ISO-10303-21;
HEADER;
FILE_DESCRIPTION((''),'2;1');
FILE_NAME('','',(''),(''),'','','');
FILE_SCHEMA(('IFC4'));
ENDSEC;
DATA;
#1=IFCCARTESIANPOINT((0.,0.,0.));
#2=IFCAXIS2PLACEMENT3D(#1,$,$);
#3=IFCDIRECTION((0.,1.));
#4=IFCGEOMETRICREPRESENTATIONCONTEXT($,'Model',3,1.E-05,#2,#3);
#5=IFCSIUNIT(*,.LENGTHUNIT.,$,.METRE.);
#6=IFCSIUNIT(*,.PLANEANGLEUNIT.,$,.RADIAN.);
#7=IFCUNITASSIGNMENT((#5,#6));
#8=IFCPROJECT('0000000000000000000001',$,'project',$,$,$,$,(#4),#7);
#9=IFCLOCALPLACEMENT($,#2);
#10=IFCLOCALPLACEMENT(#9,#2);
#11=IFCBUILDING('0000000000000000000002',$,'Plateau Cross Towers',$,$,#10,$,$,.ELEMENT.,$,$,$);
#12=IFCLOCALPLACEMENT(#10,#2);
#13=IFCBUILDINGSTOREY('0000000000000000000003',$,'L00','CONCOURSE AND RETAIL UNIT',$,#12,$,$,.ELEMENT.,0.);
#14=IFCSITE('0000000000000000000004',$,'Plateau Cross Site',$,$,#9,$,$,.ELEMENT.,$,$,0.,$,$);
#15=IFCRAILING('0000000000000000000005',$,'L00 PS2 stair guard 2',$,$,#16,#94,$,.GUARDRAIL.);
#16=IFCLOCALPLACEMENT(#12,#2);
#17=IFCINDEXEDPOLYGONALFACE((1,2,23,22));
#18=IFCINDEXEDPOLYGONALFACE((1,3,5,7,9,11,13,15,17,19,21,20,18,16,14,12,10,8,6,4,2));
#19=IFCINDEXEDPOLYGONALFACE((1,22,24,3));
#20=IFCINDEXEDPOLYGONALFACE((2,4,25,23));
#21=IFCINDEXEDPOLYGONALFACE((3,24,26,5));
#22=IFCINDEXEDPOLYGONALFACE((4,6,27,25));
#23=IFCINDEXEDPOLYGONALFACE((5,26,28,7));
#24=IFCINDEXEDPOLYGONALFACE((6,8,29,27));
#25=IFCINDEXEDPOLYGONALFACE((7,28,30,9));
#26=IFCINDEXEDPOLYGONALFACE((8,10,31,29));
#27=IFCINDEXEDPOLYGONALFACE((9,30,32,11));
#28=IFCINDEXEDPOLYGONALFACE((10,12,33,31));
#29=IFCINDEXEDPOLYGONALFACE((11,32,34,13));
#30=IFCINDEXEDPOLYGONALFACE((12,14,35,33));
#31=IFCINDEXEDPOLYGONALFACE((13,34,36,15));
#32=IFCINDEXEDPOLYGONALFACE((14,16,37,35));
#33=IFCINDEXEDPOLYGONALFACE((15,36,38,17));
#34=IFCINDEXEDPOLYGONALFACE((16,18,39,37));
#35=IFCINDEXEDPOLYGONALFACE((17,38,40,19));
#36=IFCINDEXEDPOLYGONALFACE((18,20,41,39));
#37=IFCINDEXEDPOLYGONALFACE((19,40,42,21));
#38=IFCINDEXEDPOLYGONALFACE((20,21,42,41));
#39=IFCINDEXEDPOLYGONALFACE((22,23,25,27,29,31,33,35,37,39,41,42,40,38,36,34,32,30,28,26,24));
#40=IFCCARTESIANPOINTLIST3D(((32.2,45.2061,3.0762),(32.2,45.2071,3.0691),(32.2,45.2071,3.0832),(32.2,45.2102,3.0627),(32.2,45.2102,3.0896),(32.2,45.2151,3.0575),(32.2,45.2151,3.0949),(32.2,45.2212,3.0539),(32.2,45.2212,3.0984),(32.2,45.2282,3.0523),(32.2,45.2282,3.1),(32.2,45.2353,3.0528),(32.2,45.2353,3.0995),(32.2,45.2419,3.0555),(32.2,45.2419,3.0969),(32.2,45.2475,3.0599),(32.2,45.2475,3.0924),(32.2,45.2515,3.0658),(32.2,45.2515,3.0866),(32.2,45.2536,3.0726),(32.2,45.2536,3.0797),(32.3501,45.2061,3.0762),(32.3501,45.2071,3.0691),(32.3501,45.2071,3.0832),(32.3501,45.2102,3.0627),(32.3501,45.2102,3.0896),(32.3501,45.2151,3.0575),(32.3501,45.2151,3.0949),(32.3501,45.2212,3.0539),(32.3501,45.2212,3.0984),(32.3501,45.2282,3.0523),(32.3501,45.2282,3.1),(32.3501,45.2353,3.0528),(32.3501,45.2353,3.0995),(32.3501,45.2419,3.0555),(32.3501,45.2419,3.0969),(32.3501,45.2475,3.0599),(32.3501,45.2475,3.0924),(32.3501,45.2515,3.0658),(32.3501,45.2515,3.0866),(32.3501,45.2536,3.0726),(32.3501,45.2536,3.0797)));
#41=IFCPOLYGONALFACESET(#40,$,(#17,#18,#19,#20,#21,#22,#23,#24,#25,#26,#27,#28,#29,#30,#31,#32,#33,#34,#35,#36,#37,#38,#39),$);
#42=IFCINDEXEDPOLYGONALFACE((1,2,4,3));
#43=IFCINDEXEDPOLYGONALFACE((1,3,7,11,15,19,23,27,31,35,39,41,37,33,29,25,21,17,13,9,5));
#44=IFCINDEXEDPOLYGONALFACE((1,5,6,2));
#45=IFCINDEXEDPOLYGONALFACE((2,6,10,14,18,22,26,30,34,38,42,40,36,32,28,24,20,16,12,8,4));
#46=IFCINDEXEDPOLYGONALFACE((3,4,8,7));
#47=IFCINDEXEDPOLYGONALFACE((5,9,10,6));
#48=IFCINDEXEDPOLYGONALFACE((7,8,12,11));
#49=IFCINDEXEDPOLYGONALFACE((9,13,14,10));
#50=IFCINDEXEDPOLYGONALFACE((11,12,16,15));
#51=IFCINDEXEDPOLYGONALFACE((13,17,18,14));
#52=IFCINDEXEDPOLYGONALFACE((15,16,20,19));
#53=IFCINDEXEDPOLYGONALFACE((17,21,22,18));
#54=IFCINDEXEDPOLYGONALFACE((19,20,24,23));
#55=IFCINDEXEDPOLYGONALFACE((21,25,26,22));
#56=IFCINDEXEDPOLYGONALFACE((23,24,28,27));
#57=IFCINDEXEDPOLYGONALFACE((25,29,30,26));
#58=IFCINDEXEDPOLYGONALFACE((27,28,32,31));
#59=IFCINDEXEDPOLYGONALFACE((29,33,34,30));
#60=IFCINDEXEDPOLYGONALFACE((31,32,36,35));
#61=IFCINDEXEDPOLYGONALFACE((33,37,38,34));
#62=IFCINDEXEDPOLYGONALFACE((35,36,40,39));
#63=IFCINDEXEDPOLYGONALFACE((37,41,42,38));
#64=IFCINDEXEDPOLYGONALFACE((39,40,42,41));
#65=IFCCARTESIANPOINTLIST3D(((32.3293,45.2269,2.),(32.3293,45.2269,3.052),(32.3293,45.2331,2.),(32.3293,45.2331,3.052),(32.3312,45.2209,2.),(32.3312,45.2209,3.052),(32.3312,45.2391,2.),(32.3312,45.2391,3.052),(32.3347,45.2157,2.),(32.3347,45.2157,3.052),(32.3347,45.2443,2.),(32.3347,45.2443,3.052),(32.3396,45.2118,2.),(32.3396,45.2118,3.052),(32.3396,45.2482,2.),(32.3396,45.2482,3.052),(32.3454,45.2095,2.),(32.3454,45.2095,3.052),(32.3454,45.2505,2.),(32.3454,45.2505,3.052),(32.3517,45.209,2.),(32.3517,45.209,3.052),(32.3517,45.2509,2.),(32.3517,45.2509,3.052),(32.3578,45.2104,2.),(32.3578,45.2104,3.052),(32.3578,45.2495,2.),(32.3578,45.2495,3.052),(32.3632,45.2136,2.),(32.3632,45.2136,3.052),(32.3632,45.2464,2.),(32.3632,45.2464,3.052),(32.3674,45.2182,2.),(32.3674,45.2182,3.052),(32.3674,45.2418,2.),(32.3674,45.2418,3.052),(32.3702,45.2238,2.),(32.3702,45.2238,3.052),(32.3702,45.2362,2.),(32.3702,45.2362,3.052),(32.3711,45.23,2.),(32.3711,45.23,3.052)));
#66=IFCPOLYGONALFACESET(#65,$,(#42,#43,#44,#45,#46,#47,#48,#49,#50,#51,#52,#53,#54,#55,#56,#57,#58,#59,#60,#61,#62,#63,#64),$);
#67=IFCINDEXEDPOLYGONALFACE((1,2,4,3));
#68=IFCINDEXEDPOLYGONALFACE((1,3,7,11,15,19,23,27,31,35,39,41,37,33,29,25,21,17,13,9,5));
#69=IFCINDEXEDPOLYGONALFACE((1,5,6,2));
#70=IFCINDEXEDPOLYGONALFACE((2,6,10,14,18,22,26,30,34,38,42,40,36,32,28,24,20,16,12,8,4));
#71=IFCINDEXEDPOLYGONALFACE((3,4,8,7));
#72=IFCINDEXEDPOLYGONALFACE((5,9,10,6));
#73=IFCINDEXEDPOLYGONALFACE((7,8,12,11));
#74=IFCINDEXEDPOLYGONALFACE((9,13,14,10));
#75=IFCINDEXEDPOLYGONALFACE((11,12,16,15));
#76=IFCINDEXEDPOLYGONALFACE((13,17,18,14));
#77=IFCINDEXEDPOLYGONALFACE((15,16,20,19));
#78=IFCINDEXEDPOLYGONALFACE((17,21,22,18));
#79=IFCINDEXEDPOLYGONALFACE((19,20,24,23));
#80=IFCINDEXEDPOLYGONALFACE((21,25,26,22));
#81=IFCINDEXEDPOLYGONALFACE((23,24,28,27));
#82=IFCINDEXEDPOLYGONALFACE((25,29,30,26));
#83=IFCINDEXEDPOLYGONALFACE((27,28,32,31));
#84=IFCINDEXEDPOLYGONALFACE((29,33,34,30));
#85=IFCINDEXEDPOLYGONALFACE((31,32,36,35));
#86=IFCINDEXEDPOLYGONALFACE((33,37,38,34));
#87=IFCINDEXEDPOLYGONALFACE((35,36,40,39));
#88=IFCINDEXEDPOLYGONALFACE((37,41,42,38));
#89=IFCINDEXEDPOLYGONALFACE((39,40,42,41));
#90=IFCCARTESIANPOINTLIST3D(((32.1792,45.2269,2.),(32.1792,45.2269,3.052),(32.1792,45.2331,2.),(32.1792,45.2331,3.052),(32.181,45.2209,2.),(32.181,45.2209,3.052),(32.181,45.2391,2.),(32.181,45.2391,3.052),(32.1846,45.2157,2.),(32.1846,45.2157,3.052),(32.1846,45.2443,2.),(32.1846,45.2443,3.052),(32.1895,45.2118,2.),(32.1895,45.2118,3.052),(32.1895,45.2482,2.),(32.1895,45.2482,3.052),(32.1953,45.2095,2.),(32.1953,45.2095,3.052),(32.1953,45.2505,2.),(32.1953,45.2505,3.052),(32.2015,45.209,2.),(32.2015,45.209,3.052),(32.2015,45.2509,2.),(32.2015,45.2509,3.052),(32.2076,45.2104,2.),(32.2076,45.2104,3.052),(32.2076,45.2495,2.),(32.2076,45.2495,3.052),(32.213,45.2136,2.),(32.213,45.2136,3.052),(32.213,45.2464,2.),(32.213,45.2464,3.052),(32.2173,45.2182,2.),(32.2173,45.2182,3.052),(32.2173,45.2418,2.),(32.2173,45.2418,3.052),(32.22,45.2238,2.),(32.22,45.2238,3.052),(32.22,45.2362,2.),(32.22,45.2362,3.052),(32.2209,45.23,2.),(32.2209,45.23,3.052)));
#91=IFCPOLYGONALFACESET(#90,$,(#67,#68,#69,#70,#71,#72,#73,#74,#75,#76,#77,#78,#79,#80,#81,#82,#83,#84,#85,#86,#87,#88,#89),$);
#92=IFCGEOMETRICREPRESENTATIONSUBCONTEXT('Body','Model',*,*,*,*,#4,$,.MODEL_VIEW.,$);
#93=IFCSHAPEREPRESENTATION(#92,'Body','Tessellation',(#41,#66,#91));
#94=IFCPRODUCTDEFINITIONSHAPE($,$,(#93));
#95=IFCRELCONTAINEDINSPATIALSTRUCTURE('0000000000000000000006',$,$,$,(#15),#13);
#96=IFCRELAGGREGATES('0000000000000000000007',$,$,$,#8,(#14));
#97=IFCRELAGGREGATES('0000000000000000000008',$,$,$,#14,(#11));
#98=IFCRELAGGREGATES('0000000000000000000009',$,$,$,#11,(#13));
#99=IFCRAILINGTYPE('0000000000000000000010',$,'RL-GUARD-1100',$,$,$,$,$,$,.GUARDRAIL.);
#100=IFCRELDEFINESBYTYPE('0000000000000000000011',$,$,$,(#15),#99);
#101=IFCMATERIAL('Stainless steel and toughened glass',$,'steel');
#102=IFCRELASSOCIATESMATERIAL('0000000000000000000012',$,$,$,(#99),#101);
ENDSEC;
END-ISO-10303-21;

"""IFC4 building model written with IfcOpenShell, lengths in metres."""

from ifc_helpers import new_model, si_unit, direction, frame, origin, origin_2d, place, context, subcontext, project, spatial, circle, extrude, material, type_object, element, save


model = new_model("IFC4")

# Units and contexts
model_context = context("Model", 3, precision=1e-05, world=origin(), true_north=direction((0.0, 1.0)))
body_context = subcontext(model_context, "Body", "Model", "MODEL_VIEW")
ifc_project = project(units=[si_unit("LENGTHUNIT", "METRE"), si_unit("PLANEANGLEUNIT", "RADIAN")], contexts=[model_context])

# Site, building, storey
site_placement = place(None, origin())
site = spatial("IfcSite", under=ifc_project, at=site_placement, Name="Plateau Cross Site", CompositionType="ELEMENT", RefElevation=0.0)
building_placement = place(site_placement, origin())
building = spatial("IfcBuilding", under=site, at=building_placement, Name="Plateau Cross Towers", CompositionType="ELEMENT")
storey_placement = place(building_placement, origin())
storey = spatial("IfcBuildingStorey", under=building, at=storey_placement, Name="L00", Description="CONCOURSE AND RETAIL UNIT", CompositionType="ELEMENT", Elevation=0.0)

# Railing
ifc_material_1 = material(Name="Stainless steel and toughened glass", Category="steel")
railing_type_1 = type_object("IfcRailingType", Name="RL-GUARD-1100", PredefinedType="GUARDRAIL", material=ifc_material_1)
railing_1_placement = place(storey_placement, frame((32.3501, 45.23, 2.0)))
element("IfcRailing", 1, at=railing_1_placement, inside=storey, type_object=railing_type_1, Name="L00 PS2 stair guard 2", PredefinedType="GUARDRAIL", context=body_context, shape_type="SweptSolid", body=[
    extrude(circle(Radius=0.0239, at=origin_2d()), frame((0.0, 0.0, 1.0762), z_axis=(-1.0, 0.0, 0.0), x_axis=(0.0, -1.0, 0.0)), (0.0, 0.0, 1.0), 0.1501),
    extrude(circle(Radius=0.021, at=origin_2d()), origin(), (0.0, 0.0, 1.0), 1.052),
    extrude(circle(Radius=0.021, at=origin_2d()), frame((-0.1501, 0.0, 0.0)), (0.0, 0.0, 1.0), 1.052),
])

save(model, "model.ifc")
